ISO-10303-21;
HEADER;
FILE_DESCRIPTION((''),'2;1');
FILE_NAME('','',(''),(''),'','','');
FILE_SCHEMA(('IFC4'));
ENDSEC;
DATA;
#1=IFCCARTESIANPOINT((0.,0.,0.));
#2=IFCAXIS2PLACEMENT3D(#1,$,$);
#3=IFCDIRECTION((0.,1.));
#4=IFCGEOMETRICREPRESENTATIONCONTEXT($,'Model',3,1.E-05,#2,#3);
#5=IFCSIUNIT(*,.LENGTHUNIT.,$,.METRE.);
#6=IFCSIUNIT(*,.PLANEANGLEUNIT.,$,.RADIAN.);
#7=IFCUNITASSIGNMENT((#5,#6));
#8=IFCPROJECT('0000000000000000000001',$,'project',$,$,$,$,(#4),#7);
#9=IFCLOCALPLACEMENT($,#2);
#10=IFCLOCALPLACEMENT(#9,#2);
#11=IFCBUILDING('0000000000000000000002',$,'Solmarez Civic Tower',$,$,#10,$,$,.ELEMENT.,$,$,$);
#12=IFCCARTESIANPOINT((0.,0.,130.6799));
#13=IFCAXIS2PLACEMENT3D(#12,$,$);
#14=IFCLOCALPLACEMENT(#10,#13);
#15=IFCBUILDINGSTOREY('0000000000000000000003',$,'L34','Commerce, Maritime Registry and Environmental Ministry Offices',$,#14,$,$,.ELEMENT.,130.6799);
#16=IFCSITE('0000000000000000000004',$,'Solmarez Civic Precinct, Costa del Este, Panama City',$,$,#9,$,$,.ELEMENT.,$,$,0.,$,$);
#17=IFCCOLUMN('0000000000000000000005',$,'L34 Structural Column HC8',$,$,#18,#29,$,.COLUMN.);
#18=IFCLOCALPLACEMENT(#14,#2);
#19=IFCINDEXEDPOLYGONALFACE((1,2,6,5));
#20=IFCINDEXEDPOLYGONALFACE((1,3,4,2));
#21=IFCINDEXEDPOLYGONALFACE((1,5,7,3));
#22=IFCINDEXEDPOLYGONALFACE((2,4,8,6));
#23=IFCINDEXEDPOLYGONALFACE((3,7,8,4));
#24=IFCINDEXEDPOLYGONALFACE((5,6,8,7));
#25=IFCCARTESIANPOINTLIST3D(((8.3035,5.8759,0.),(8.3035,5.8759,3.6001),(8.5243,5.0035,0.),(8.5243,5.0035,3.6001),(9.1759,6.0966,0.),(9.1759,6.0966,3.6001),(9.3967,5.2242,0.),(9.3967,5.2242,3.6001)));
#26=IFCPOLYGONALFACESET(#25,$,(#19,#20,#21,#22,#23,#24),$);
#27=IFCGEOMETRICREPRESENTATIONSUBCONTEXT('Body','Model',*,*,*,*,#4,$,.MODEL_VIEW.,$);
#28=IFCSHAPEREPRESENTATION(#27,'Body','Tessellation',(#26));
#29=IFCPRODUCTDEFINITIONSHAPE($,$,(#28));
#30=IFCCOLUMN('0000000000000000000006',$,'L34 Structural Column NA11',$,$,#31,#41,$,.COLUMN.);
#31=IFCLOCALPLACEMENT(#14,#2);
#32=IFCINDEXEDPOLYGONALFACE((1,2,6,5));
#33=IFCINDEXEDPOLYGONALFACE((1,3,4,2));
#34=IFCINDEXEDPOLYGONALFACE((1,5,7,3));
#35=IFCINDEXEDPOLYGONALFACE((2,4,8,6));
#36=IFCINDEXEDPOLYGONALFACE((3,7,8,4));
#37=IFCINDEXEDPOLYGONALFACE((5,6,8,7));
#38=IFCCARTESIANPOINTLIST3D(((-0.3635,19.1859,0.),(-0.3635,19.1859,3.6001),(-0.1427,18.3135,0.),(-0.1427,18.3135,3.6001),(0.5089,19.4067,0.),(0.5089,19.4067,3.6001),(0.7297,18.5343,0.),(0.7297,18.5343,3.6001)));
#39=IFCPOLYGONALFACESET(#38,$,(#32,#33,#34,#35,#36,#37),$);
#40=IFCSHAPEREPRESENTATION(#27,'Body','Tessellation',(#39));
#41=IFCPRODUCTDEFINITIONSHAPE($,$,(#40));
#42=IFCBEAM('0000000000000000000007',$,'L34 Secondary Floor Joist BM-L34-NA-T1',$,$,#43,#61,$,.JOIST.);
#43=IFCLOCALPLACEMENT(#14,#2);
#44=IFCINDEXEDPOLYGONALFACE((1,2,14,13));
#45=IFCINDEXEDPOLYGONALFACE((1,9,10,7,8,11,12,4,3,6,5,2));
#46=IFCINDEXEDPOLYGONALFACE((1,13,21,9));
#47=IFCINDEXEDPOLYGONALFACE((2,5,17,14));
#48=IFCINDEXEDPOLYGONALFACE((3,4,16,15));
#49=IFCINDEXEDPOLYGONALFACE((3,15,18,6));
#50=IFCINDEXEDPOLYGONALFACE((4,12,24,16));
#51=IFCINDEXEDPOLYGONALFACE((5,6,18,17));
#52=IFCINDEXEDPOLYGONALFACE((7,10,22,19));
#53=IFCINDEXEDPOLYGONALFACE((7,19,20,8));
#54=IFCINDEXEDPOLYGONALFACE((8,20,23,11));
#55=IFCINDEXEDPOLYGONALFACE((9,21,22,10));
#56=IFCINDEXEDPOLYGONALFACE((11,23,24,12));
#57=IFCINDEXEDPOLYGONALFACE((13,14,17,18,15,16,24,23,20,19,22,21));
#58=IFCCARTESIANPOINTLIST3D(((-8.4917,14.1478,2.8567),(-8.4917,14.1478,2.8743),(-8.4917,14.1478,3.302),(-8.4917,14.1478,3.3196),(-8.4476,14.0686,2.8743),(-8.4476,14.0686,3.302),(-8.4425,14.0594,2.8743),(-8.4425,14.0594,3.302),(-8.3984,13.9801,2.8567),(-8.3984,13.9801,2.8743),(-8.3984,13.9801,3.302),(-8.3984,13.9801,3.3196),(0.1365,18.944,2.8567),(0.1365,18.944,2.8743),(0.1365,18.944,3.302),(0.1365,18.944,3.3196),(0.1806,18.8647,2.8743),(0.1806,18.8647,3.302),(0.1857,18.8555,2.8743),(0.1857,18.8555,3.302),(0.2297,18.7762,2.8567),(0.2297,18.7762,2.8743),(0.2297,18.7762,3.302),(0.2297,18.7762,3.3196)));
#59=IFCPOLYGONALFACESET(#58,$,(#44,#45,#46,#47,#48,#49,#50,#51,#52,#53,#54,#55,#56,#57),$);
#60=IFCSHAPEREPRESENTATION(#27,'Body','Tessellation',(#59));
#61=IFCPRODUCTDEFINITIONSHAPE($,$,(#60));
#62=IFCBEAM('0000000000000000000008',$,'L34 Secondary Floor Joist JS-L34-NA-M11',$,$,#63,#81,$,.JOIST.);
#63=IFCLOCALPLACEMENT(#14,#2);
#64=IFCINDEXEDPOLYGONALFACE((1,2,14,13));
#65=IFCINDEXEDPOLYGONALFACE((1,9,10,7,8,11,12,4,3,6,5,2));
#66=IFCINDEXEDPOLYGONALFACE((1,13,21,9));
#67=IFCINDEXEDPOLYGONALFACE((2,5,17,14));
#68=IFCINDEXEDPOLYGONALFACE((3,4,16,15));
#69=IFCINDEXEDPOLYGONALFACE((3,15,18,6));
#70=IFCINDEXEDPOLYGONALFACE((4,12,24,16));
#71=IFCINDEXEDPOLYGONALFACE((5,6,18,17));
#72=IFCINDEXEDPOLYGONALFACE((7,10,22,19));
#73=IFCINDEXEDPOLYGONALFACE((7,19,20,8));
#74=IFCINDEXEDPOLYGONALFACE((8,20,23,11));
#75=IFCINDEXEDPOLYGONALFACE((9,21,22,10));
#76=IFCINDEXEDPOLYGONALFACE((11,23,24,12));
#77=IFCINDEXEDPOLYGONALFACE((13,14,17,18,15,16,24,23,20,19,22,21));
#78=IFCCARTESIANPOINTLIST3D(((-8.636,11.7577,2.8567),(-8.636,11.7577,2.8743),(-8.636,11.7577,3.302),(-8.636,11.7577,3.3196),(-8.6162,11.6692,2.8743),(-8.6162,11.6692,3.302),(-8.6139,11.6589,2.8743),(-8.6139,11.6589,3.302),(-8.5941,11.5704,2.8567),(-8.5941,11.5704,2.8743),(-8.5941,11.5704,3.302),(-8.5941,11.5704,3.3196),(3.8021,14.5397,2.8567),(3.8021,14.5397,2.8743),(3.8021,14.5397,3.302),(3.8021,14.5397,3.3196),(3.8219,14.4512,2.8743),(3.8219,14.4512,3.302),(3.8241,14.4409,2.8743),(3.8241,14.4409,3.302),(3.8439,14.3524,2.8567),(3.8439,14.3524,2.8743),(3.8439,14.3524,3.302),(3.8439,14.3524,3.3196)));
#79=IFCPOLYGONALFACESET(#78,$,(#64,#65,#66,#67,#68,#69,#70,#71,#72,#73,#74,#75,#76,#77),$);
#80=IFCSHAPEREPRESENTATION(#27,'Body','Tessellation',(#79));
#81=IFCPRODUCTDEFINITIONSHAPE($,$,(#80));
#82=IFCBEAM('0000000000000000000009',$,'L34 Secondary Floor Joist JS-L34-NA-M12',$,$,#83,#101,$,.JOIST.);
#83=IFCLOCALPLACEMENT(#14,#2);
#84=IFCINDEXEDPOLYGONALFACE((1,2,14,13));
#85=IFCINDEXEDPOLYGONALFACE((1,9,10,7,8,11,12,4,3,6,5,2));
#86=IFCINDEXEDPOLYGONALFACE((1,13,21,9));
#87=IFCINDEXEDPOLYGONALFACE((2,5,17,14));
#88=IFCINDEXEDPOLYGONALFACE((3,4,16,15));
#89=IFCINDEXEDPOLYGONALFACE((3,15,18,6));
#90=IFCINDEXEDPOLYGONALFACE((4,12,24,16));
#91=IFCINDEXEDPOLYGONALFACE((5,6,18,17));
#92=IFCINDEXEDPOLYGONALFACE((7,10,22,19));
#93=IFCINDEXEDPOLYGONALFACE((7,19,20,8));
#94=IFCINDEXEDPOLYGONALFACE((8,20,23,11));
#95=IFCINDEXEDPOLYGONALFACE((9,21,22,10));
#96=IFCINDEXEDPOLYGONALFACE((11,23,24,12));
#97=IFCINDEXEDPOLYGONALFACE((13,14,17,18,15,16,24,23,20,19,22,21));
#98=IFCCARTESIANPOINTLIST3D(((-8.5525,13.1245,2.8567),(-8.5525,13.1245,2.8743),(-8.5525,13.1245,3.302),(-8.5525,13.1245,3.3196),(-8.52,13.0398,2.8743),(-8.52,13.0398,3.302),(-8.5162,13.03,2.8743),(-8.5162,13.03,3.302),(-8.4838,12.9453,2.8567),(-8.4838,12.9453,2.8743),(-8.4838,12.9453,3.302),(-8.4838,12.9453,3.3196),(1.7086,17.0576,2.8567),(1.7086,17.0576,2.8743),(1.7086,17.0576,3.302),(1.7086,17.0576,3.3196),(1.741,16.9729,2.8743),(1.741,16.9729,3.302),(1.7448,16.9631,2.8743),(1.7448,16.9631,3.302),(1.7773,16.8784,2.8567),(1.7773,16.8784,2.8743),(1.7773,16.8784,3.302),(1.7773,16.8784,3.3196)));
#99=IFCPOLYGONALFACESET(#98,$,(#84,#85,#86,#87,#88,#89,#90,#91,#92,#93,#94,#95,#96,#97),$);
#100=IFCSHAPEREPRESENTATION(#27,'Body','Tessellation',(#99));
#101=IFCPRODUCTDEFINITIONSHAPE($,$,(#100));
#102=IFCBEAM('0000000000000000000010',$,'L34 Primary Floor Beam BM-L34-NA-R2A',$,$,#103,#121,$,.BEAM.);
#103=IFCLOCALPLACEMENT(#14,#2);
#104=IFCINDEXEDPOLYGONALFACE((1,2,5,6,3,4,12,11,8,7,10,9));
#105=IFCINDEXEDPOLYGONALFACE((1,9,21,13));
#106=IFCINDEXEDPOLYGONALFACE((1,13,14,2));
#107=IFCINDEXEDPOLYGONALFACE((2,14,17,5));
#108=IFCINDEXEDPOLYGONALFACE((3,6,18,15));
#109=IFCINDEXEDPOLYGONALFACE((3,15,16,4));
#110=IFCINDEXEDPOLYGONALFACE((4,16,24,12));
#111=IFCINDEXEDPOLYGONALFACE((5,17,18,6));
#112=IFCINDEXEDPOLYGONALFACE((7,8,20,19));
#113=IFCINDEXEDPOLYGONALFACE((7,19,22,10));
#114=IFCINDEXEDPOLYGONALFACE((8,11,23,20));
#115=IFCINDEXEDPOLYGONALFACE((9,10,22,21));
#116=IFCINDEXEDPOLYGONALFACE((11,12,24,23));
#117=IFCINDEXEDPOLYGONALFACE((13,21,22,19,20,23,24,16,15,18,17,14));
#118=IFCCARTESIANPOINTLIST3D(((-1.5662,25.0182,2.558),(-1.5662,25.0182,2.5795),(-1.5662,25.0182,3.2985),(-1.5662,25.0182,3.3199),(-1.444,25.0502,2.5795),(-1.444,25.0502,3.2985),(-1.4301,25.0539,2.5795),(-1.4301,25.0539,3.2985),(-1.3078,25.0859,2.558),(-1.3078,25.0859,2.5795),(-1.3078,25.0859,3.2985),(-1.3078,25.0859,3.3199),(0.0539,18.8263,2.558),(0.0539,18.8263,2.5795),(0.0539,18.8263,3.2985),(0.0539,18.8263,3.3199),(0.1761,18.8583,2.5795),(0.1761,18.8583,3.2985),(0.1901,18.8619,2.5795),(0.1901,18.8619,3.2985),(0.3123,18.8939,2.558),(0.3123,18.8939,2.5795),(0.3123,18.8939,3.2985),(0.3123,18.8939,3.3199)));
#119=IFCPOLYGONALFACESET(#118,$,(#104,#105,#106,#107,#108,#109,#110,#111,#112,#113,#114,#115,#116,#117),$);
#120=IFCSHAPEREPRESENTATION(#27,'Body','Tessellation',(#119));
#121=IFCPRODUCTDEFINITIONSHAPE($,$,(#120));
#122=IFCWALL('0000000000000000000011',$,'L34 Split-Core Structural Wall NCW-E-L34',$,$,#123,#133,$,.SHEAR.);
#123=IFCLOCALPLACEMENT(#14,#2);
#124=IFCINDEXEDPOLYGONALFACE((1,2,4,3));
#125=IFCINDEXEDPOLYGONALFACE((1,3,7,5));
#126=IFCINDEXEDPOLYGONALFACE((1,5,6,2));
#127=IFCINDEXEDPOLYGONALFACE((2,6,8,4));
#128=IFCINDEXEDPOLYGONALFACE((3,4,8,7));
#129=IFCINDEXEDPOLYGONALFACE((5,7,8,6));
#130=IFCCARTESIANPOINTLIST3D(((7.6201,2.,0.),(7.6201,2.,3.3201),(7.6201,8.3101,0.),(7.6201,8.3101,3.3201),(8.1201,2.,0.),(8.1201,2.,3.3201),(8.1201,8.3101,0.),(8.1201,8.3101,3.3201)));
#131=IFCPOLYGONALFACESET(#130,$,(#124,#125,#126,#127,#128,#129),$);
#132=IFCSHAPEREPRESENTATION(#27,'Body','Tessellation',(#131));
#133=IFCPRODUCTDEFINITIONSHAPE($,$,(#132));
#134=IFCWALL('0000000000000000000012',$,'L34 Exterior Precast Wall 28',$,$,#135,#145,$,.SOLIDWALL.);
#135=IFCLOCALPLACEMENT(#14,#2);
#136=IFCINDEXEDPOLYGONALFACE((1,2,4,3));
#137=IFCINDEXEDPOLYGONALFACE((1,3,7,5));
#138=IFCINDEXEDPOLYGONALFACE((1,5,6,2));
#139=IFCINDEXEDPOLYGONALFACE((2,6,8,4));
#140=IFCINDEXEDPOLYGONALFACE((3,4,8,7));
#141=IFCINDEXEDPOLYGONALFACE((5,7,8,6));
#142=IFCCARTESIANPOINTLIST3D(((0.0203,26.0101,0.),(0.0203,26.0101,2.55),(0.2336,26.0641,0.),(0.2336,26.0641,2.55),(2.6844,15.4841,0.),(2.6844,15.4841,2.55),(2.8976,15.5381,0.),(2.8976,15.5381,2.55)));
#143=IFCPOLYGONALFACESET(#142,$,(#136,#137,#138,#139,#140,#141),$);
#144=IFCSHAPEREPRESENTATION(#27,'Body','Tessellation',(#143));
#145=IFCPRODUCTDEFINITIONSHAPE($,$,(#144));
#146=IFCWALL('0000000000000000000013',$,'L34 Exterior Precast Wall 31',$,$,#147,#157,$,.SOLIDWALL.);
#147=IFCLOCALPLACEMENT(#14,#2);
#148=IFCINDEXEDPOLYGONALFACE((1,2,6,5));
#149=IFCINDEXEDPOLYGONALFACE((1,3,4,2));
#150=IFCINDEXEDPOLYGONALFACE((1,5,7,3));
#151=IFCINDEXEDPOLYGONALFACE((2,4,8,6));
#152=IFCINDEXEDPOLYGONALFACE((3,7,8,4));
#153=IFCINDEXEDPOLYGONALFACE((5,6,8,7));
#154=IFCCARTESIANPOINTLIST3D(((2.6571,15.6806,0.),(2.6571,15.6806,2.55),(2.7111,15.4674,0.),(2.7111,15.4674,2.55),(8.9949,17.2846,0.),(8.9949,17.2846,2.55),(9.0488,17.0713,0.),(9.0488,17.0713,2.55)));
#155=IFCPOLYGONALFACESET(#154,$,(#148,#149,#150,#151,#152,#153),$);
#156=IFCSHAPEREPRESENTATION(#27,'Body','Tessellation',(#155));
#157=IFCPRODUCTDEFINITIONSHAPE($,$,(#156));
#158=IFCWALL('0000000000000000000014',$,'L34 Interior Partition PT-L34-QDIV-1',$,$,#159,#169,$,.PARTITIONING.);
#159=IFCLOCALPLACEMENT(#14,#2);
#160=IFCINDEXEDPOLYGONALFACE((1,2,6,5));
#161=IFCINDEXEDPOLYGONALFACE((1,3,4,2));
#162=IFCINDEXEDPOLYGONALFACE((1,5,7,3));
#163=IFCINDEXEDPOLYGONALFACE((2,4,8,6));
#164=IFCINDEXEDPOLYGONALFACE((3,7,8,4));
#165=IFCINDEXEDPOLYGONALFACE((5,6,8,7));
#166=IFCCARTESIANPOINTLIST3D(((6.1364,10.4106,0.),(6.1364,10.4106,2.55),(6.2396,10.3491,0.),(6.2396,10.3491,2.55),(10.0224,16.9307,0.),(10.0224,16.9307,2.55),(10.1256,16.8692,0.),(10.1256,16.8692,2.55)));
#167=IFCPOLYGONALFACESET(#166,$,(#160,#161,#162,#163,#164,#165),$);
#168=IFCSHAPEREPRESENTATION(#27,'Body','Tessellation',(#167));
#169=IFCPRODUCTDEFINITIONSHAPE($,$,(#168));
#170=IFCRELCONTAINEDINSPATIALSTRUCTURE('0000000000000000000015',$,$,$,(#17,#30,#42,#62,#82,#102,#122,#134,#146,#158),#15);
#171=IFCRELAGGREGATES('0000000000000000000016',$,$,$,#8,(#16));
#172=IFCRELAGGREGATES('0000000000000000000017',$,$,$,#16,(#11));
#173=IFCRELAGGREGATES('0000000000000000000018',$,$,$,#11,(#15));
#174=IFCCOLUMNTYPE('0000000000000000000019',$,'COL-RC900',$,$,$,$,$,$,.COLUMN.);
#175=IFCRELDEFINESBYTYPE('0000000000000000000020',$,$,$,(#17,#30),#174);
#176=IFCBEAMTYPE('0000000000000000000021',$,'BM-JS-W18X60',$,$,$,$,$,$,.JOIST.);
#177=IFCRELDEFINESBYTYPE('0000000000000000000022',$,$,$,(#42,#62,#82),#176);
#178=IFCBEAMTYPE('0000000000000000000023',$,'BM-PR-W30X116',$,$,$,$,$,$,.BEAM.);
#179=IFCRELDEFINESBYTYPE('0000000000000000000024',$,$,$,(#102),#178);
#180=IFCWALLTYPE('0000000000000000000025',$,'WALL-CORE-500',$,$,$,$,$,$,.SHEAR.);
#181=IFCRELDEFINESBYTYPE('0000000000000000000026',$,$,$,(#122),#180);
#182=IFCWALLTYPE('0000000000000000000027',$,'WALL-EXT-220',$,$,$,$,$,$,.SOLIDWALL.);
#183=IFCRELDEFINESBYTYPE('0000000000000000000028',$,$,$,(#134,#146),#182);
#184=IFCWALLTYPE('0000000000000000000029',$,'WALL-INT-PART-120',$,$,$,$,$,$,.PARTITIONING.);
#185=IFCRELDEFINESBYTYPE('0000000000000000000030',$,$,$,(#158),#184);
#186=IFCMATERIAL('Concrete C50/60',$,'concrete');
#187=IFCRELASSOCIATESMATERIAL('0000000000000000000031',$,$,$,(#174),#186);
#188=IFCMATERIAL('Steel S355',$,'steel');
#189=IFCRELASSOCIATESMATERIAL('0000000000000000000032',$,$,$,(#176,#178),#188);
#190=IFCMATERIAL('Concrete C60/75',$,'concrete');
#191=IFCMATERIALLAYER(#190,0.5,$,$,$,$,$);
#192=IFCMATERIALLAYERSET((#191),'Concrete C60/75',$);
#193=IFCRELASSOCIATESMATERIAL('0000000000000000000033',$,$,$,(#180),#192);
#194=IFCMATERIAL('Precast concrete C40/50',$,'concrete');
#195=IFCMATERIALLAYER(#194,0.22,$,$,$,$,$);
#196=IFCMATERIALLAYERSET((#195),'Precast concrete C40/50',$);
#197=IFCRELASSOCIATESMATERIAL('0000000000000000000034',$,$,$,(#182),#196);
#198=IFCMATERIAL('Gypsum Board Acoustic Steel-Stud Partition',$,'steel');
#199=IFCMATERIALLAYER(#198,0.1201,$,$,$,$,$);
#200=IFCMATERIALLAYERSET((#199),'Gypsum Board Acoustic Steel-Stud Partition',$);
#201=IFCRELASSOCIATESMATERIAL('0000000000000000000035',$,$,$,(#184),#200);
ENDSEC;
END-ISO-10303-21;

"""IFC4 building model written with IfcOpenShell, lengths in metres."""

from ifc_helpers import new_model, si_unit, direction, frame, frame_2d, origin, origin_2d, place, context, subcontext, project, spatial, rectangle, i_section, extrude, material, layer, layer_set, material_profile, profile_set, type_object, element, save


model = new_model("IFC4")

# Units and contexts
model_context = context("Model", 3, precision=1e-05, world=origin(), true_north=direction((0.0, 1.0)))
body_context = subcontext(model_context, "Body", "Model", "MODEL_VIEW")
ifc_project = project(units=[si_unit("LENGTHUNIT", "METRE"), si_unit("PLANEANGLEUNIT", "RADIAN")], contexts=[model_context])

# Site, building, storey
site_placement = place(None, origin())
site = spatial("IfcSite", under=ifc_project, at=site_placement, Name="Solmarez Civic Precinct, Costa del Este, Panama City", CompositionType="ELEMENT", RefElevation=0.0)
building_placement = place(site_placement, origin())
building = spatial("IfcBuilding", under=site, at=building_placement, Name="Solmarez Civic Tower", CompositionType="ELEMENT")
storey_placement = place(building_placement, frame((0.0, 0.0, 130.6799)))
storey = spatial("IfcBuildingStorey", under=building, at=storey_placement, Name="L34", Description="Commerce, Maritime Registry and Environmental Ministry Offices", CompositionType="ELEMENT", Elevation=130.6799)

# Columns
ifc_material_1 = material(Name="Concrete C50/60", Category="concrete")
ifc_material_profile_1 = material_profile(ifc_material_1, rectangle(XDim=0.8999, YDim=0.8999, at=origin_2d()), Name="RC900X900")
ifc_profile_set_1 = profile_set([ifc_material_profile_1], Name="Concrete C50/60")
column_type = type_object("IfcColumnType", Name="COL-RC900", PredefinedType="COLUMN", material=ifc_profile_set_1)
for number, where, z_axis, x_axis, name in (
    (1, (8.8501, 5.55, 0.0), (0.0, 0.0, 1.0), (0.969445, 0.245307, 0.0), "L34 Structural Column HC8"),
    (2, (0.1831, 18.8601, 0.0), (0.0, 0.0, 1.0), (0.969445, 0.245307, 0.0), "L34 Structural Column NA11"),
):
    element("IfcColumn", number, at=place(storey_placement, frame(where, z_axis=z_axis, x_axis=x_axis)), inside=storey, type_object=column_type, Name=name, PredefinedType="COLUMN", context=body_context, shape_type="SweptSolid", body=[
        extrude(rectangle(XDim=0.8999, YDim=0.8999, at=origin_2d()), origin(), (0.0, 0.0, 1.0), 3.6001),
    ])

# Beams
ifc_material_2 = material(Name="Steel S355", Category="steel")
ifc_material_profile_2 = material_profile(ifc_material_2, i_section(OverallWidth=0.1919, OverallDepth=0.4629, WebThickness=0.0105, FlangeThickness=0.0176, at=origin_2d()), Name="W18X60")
ifc_profile_set_2 = profile_set([ifc_material_profile_2], Name="Steel S355")
beam_type_1 = type_object("IfcBeamType", Name="BM-JS-W18X60", PredefinedType="JOIST", material=ifc_profile_set_2)
beam_1_placement = place(storey_placement, frame((0.1831, 18.8601, 3.0881), z_axis=(-0.874041, -0.485853, 0.0), x_axis=(0.485853, -0.874041, 0.0)))
element("IfcBeam", 3, at=beam_1_placement, inside=storey, type_object=beam_type_1, Name="L34 Secondary Floor Joist BM-L34-NA-T1", PredefinedType="JOIST", context=body_context, shape_type="SweptSolid", body=[
    extrude(i_section(OverallWidth=0.1919, OverallDepth=0.4629, WebThickness=0.0105, FlangeThickness=0.0176, at=origin_2d()), origin(), (0.0, 0.0, 1.0), 9.8716),
])
beam_2_placement = place(storey_placement, frame((3.823, 14.446, 3.0881), z_axis=(-0.975887, -0.218275, 0.0), x_axis=(0.218275, -0.975887, 0.0)))
element("IfcBeam", 4, at=beam_2_placement, inside=storey, type_object=beam_type_1, Name="L34 Secondary Floor Joist JS-L34-NA-M11", PredefinedType="JOIST", context=body_context, shape_type="SweptSolid", body=[
    extrude(i_section(OverallWidth=0.1919, OverallDepth=0.4629, WebThickness=0.0105, FlangeThickness=0.0176, at=origin_2d()), origin(), (0.0, 0.0, 1.0), 12.7454),
])
beam_3_placement = place(storey_placement, frame((1.7429, 16.968, 3.0881), z_axis=(-0.933754, -0.357914, 0.0), x_axis=(0.357914, -0.933754, 0.0)))
element("IfcBeam", 5, at=beam_3_placement, inside=storey, type_object=beam_type_1, Name="L34 Secondary Floor Joist JS-L34-NA-M12", PredefinedType="JOIST", context=body_context, shape_type="SweptSolid", body=[
    extrude(i_section(OverallWidth=0.1919, OverallDepth=0.4629, WebThickness=0.0105, FlangeThickness=0.0176, at=origin_2d()), origin(), (0.0, 0.0, 1.0), 10.989),
])
ifc_material_profile_3 = material_profile(ifc_material_2, i_section(OverallWidth=0.2671, OverallDepth=0.762, WebThickness=0.0144, FlangeThickness=0.0215, at=origin_2d()), Name="W30X116")
ifc_profile_set_3 = profile_set([ifc_material_profile_3], Name="Steel S355")
beam_type_2 = type_object("IfcBeamType", Name="BM-PR-W30X116", PredefinedType="BEAM", material=ifc_profile_set_3)
beam_4_placement = place(storey_placement, frame((0.1831, 18.8601, 2.939), z_axis=(-0.25313, 0.967432, 0.0), x_axis=(-0.967432, -0.25313, 0.0)))
element("IfcBeam", 6, at=beam_4_placement, inside=storey, type_object=beam_type_2, Name="L34 Primary Floor Beam BM-L34-NA-R2A", PredefinedType="BEAM", context=body_context, shape_type="SweptSolid", body=[
    extrude(i_section(OverallWidth=0.2671, OverallDepth=0.762, WebThickness=0.0144, FlangeThickness=0.0215, at=origin_2d()), origin(), (0.0, 0.0, 1.0), 6.4004),
])

# Walls
ifc_material_3 = material(Name="Concrete C60/75", Category="concrete")
ifc_layer_1 = layer(ifc_material_3, 0.5)
ifc_layer_set_1 = layer_set([ifc_layer_1], Name="Concrete C60/75")
wall_type_1 = type_object("IfcWallType", Name="WALL-CORE-500", PredefinedType="SHEAR", material=ifc_layer_set_1)
wall_1_placement = place(storey_placement, frame((7.8701, 8.3101, 0.0), z_axis=(0.0, 0.0, 1.0), x_axis=(0.0, -1.0, 0.0)))
element("IfcWall", 7, at=wall_1_placement, inside=storey, type_object=wall_type_1, Name="L34 Split-Core Structural Wall NCW-E-L34", PredefinedType="SHEAR", context=body_context, shape_type="SweptSolid", body=[
    extrude(rectangle(XDim=6.3101, YDim=0.5, at=frame_2d((3.155, 0.0))), origin(), (0.0, 0.0, 1.0), 3.3201),
])
ifc_material_4 = material(Name="Precast concrete C40/50", Category="concrete")
ifc_layer_2 = layer(ifc_material_4, 0.22)
ifc_layer_set_2 = layer_set([ifc_layer_2], Name="Precast concrete C40/50")
wall_type_2 = type_object("IfcWallType", Name="WALL-EXT-220", PredefinedType="SOLIDWALL", material=ifc_layer_set_2)
wall_2_placement = place(storey_placement, frame((0.127, 26.0371, 0.0), z_axis=(0.0, 0.0, 1.0), x_axis=(0.245354, -0.969433, 0.0)))
element("IfcWall", 8, at=wall_2_placement, inside=storey, type_object=wall_type_2, Name="L34 Exterior Precast Wall 28", PredefinedType="SOLIDWALL", context=body_context, shape_type="SweptSolid", body=[
    extrude(rectangle(XDim=10.8579, YDim=0.22, at=frame_2d((5.429, 0.0))), origin(), (0.0, 0.0, 1.0), 2.55),
])
wall_3_placement = place(storey_placement, frame((2.6841, 15.574, 0.0), z_axis=(0.0, 0.0, 1.0), x_axis=(0.969435, 0.245346, 0.0)))
element("IfcWall", 9, at=wall_3_placement, inside=storey, type_object=wall_type_2, Name="L34 Exterior Precast Wall 31", PredefinedType="SOLIDWALL", context=body_context, shape_type="SweptSolid", body=[
    extrude(rectangle(XDim=6.5376, YDim=0.22, at=frame_2d((3.2688, 0.0))), origin(), (0.0, 0.0, 1.0), 2.55),
])
ifc_material_5 = material(Name="Gypsum Board Acoustic Steel-Stud Partition", Category="steel")
ifc_layer_3 = layer(ifc_material_5, 0.1201)
ifc_layer_set_3 = layer_set([ifc_layer_3], Name="Gypsum Board Acoustic Steel-Stud Partition")
wall_type_3 = type_object("IfcWallType", Name="WALL-INT-PART-120", PredefinedType="PARTITIONING", material=ifc_layer_set_3)
wall_4_placement = place(storey_placement, frame((6.188, 10.3799, 0.0), z_axis=(0.0, 0.0, 1.0), x_axis=(0.511972, 0.859002, 0.0)))
element("IfcWall", 10, at=wall_4_placement, inside=storey, type_object=wall_type_3, Name="L34 Interior Partition PT-L34-QDIV-1", PredefinedType="PARTITIONING", context=body_context, shape_type="SweptSolid", body=[
    extrude(rectangle(XDim=7.5903, YDim=0.1201, at=frame_2d((3.7952, 0.0))), origin(), (0.0, 0.0, 1.0), 2.55),
])

save(model, "model.ifc")
